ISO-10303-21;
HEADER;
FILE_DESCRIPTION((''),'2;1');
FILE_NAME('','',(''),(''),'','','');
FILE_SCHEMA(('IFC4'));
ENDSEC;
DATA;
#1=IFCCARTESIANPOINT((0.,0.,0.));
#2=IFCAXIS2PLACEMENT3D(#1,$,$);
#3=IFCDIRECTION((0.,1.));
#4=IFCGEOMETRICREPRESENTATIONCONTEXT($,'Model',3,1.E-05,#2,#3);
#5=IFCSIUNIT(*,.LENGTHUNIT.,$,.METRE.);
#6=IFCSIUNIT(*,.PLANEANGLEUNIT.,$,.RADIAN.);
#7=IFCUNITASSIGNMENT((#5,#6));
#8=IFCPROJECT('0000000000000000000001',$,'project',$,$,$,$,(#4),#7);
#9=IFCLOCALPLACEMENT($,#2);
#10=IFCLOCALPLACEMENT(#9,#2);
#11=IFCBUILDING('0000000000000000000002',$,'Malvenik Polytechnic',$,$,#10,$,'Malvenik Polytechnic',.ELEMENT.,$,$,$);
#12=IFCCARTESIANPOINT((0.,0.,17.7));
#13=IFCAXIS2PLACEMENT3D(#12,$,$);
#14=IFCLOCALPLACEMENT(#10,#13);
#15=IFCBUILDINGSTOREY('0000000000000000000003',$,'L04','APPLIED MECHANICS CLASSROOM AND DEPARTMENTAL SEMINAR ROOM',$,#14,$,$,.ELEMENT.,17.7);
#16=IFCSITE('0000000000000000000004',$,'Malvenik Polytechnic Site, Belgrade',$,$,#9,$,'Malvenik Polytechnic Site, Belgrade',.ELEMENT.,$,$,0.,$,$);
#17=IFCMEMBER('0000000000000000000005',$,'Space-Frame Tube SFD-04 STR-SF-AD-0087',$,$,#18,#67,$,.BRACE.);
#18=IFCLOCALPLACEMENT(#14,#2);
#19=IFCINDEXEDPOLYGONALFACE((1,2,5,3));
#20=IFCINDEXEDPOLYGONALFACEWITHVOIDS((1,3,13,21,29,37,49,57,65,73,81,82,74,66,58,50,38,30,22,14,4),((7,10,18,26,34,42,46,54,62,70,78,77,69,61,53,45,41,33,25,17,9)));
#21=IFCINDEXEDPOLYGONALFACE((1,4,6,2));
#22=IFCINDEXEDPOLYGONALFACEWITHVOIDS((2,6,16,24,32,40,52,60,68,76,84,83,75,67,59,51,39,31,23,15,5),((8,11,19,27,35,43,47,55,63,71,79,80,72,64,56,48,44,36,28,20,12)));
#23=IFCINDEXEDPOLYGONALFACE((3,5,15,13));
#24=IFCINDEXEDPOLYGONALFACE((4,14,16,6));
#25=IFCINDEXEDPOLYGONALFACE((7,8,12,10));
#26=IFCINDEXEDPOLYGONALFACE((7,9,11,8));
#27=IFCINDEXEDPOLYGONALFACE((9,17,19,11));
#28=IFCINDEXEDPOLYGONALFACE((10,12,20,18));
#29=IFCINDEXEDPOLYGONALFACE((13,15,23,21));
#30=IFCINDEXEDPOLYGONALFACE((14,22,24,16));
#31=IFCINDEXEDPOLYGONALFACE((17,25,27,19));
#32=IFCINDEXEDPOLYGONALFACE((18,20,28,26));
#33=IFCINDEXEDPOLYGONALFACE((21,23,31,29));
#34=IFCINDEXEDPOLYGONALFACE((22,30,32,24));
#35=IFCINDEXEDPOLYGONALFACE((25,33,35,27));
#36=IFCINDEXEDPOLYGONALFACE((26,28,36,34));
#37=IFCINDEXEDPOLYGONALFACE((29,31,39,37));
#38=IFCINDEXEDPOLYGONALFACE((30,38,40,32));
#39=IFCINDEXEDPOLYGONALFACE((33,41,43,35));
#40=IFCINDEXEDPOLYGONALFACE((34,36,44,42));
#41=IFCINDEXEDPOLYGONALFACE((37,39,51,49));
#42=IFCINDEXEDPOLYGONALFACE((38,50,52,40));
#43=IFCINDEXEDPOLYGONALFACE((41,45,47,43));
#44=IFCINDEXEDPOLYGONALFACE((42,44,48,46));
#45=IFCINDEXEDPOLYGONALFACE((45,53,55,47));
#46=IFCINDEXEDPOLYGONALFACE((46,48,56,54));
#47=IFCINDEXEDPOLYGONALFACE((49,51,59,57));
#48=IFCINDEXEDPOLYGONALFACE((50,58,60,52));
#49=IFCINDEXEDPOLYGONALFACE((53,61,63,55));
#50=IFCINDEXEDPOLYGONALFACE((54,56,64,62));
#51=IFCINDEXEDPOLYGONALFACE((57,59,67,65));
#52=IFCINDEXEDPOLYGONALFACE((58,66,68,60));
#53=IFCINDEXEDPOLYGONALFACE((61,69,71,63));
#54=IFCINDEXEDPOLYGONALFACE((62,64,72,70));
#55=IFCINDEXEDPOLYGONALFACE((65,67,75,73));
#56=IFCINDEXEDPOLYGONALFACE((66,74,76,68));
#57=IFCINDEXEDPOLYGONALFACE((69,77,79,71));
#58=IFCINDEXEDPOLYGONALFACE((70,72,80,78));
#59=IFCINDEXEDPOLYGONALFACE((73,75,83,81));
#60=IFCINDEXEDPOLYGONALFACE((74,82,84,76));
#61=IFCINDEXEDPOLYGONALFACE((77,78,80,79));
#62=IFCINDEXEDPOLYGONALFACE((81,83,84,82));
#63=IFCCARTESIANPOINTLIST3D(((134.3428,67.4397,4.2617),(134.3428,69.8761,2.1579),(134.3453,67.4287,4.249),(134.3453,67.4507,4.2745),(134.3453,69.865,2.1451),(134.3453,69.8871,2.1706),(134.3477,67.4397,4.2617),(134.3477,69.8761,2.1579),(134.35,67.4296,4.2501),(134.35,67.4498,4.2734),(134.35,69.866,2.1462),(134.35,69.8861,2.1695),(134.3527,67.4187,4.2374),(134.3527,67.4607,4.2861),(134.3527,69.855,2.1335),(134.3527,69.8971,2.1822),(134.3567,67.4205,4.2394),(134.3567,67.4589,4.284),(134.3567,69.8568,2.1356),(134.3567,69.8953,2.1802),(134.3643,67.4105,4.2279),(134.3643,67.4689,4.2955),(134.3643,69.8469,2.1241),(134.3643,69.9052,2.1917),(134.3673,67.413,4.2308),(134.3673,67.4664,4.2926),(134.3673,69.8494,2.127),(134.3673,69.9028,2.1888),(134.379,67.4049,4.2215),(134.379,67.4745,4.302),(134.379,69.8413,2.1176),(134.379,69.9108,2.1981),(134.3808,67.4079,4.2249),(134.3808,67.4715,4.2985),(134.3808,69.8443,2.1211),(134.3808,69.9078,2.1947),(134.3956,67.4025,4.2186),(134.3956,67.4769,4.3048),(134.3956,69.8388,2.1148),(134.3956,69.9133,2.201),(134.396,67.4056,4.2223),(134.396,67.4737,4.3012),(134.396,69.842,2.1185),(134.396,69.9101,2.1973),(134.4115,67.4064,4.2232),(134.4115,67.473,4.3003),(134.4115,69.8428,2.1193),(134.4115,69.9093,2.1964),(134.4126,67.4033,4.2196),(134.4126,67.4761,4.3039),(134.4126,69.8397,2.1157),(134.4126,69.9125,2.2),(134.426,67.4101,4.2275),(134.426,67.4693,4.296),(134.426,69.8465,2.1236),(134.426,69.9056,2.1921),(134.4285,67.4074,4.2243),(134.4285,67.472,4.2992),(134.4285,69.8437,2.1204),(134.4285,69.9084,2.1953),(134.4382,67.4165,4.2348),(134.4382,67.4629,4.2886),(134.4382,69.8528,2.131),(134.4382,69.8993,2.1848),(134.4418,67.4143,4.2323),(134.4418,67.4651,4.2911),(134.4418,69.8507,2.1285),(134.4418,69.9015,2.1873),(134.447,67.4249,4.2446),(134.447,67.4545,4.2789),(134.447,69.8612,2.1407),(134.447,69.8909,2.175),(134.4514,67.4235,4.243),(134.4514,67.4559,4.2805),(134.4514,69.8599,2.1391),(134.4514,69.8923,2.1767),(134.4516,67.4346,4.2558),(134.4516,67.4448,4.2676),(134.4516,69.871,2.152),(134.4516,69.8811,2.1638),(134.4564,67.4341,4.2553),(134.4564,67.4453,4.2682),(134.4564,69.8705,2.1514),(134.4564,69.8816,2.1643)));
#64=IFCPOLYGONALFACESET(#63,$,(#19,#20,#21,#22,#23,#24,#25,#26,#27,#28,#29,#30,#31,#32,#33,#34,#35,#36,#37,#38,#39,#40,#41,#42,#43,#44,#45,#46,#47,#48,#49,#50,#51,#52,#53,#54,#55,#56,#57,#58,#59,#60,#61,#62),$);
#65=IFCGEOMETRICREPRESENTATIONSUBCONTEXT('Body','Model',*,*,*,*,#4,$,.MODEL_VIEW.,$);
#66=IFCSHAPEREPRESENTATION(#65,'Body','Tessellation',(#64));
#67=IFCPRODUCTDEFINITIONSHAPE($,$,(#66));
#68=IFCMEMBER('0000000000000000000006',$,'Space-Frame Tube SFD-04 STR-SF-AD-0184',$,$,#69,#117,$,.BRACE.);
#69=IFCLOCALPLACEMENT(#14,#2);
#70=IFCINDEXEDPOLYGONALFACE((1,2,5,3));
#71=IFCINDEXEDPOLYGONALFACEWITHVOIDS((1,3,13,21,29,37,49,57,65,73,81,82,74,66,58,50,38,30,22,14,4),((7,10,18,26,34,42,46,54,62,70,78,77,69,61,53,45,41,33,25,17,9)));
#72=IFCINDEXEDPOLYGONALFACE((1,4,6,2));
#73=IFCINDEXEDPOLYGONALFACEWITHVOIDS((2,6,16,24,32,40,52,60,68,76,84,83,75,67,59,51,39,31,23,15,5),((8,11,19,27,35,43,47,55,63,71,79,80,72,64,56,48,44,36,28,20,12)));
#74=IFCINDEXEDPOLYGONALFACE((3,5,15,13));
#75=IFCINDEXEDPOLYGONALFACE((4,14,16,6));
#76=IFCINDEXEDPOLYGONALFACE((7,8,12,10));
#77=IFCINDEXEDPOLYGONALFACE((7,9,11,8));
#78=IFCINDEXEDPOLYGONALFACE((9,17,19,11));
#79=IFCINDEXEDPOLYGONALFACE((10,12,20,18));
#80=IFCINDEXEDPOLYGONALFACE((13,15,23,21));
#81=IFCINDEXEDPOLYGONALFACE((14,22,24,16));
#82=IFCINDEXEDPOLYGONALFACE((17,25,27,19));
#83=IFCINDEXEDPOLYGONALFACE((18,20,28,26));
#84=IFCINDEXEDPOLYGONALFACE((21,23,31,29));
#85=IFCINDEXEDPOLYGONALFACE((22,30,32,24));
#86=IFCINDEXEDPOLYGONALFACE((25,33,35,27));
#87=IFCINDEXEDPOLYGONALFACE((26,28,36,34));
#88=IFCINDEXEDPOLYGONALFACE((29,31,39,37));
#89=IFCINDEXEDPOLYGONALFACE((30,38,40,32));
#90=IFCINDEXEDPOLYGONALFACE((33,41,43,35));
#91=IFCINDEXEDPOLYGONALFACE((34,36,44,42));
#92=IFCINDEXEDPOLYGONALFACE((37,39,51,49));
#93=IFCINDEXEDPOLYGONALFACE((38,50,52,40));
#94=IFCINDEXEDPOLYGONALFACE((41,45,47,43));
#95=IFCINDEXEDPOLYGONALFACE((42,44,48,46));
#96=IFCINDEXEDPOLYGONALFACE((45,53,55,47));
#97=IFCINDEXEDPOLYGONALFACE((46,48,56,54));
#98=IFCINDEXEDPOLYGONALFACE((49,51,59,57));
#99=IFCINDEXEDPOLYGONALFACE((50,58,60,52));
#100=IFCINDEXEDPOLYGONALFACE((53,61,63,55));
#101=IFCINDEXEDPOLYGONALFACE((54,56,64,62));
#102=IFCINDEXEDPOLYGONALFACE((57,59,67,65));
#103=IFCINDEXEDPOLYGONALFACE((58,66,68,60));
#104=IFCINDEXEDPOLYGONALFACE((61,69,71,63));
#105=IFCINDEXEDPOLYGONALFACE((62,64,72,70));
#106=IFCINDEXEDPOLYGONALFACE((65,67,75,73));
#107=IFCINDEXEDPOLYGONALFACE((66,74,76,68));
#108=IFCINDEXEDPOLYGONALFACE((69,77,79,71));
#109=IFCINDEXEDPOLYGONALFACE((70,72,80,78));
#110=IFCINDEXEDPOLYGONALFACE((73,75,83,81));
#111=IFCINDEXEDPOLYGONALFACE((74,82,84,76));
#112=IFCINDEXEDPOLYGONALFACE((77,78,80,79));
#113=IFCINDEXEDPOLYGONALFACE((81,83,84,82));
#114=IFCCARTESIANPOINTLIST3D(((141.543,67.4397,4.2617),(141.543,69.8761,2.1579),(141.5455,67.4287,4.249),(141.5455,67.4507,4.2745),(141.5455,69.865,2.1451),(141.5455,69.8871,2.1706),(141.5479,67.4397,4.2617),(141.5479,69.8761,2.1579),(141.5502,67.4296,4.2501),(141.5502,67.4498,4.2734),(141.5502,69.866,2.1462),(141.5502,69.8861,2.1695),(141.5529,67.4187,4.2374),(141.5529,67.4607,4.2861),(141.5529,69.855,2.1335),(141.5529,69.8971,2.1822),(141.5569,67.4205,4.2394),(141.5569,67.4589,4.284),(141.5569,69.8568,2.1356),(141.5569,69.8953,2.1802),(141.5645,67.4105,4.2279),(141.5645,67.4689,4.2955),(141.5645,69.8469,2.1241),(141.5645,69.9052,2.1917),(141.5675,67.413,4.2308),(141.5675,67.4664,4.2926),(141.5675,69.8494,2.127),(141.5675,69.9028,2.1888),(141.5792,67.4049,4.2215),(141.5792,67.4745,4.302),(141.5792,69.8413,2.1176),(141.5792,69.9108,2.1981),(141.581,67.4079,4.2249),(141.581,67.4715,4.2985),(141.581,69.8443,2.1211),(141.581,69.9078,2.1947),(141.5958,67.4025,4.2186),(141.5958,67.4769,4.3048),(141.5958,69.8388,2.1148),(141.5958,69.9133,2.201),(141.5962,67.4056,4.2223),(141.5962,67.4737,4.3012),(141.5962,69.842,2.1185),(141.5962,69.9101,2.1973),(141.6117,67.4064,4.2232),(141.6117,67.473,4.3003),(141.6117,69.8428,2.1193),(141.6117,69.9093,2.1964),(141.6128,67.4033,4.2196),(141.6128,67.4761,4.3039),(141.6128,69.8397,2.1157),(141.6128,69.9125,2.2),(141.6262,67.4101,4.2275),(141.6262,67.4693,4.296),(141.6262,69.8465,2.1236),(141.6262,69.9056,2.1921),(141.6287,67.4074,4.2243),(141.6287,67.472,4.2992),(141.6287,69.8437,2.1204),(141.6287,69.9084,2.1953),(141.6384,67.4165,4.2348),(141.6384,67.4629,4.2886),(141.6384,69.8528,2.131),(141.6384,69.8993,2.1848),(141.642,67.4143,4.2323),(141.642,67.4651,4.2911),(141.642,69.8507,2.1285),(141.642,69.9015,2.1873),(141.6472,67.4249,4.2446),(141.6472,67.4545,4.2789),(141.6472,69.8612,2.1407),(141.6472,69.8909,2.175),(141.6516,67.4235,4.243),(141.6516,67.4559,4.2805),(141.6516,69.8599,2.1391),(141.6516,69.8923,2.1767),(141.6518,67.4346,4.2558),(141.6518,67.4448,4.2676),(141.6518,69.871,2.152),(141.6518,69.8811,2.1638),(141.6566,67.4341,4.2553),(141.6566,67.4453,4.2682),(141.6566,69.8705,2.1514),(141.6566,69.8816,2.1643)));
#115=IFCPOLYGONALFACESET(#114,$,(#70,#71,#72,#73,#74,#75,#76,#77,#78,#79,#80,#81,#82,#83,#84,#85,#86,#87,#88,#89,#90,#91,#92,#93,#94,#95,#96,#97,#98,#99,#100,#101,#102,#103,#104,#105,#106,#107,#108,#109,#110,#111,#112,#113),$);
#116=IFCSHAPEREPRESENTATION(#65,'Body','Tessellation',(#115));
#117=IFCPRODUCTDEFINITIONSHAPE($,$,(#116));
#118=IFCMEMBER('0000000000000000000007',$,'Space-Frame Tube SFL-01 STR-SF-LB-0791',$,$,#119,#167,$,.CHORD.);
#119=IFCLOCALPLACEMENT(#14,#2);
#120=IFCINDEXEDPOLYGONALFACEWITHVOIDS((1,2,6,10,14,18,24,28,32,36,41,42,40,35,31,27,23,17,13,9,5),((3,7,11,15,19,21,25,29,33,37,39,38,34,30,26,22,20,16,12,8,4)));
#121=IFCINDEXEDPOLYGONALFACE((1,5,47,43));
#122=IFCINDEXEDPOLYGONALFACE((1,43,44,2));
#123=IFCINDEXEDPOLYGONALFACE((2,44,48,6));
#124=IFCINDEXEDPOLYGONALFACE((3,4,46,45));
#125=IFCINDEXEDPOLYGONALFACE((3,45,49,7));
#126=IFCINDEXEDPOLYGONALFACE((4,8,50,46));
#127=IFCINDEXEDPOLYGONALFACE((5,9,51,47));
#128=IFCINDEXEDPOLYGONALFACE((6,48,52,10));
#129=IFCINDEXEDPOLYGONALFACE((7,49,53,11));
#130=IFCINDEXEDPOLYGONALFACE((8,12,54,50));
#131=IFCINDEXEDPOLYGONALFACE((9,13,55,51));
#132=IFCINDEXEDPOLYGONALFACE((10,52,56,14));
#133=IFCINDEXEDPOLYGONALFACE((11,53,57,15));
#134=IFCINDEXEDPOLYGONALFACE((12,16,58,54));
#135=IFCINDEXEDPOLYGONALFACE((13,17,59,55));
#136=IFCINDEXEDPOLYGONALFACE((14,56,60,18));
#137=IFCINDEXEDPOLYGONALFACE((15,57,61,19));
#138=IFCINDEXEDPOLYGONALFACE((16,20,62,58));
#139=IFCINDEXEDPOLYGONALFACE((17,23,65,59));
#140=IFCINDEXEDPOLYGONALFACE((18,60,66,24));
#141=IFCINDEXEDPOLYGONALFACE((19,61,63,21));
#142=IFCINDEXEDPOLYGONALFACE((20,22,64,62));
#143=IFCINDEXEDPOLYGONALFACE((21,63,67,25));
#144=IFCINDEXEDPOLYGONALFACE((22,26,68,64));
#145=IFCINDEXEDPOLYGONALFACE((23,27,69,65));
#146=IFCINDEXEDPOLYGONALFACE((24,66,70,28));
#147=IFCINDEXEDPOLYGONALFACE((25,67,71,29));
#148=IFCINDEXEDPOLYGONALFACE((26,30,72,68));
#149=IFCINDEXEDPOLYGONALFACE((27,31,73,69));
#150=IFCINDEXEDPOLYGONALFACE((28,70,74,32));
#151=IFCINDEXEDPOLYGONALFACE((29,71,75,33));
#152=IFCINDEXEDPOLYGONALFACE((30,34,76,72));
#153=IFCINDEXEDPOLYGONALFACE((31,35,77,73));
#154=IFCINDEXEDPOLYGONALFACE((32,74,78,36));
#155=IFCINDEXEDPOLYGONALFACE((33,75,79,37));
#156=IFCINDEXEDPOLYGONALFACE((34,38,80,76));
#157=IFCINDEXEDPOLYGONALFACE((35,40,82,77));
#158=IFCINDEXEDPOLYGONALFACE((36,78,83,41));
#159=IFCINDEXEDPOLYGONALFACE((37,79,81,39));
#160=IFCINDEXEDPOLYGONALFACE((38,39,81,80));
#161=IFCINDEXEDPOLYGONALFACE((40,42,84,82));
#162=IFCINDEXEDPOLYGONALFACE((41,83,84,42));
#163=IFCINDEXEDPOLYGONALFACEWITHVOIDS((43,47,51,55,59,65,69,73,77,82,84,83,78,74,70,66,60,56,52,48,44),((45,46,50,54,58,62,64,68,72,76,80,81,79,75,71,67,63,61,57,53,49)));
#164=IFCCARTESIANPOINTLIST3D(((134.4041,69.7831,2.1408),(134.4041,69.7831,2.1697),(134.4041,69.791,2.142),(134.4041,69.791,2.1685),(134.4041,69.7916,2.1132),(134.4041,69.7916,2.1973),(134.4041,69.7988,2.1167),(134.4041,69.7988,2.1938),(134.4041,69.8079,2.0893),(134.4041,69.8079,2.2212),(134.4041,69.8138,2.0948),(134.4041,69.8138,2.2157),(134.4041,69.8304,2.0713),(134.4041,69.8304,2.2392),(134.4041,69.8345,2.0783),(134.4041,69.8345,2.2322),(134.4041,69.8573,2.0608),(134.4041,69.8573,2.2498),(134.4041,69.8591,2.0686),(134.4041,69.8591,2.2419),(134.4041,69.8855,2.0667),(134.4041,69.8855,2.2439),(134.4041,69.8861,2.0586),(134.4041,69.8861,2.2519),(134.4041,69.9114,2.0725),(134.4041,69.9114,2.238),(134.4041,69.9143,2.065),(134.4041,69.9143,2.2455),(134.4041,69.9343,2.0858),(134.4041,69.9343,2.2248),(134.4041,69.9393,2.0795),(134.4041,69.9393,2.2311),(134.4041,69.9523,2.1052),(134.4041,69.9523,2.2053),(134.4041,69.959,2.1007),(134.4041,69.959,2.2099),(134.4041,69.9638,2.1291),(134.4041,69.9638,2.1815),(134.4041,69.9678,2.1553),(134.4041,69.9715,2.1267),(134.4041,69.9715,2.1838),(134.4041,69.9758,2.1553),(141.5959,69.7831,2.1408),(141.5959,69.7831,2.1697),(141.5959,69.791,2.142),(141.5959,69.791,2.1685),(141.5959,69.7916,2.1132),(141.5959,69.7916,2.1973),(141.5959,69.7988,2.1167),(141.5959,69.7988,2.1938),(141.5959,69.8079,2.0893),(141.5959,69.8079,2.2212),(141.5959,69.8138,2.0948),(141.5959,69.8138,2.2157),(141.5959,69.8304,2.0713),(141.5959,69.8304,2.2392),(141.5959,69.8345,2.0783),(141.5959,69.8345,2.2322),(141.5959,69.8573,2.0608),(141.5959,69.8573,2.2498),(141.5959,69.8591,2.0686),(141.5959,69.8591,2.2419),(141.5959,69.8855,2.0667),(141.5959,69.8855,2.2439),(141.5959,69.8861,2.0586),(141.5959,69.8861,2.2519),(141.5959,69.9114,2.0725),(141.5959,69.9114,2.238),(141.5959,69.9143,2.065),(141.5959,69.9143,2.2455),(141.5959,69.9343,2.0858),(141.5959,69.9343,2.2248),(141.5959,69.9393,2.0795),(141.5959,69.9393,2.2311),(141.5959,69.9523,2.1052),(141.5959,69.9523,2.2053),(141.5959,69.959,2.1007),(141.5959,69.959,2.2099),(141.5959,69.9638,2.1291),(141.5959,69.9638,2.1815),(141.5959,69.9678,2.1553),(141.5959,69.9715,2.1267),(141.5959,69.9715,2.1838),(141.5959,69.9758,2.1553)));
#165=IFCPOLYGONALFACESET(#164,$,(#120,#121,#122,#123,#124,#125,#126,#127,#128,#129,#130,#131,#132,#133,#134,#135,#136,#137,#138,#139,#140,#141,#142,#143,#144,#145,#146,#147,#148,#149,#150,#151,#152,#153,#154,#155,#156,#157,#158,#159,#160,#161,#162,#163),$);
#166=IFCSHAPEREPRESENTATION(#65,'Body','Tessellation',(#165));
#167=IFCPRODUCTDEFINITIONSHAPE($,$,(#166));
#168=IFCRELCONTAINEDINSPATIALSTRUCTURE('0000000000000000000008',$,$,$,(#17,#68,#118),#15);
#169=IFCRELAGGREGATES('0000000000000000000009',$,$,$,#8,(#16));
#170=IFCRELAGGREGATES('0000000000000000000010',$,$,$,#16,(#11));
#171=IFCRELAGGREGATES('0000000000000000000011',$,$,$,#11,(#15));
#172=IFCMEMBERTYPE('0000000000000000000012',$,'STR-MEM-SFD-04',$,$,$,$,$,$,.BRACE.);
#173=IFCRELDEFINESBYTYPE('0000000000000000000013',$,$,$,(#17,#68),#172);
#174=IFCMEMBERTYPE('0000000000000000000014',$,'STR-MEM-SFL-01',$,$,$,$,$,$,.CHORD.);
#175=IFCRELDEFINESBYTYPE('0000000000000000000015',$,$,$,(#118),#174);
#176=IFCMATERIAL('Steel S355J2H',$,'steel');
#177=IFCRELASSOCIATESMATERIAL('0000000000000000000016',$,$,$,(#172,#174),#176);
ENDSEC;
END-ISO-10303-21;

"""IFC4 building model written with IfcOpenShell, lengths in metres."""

from ifc_helpers import new_model, si_unit, direction, frame, origin, origin_2d, place, context, subcontext, project, spatial, hollow_circle, extrude, material, material_profile, profile_set, type_object, element, save


model = new_model("IFC4")

# Units and contexts
model_context = context("Model", 3, precision=1e-05, world=origin(), true_north=direction((0.0, 1.0)))
body_context = subcontext(model_context, "Body", "Model", "MODEL_VIEW")
ifc_project = project(units=[si_unit("LENGTHUNIT", "METRE"), si_unit("PLANEANGLEUNIT", "RADIAN")], contexts=[model_context])

# Site, building, storey
site_placement = place(None, origin())
site = spatial("IfcSite", under=ifc_project, at=site_placement, Name="Malvenik Polytechnic Site, Belgrade", LongName="Malvenik Polytechnic Site, Belgrade", CompositionType="ELEMENT", RefElevation=0.0)
building_placement = place(site_placement, origin())
building = spatial("IfcBuilding", under=site, at=building_placement, Name="Malvenik Polytechnic", LongName="Malvenik Polytechnic", CompositionType="ELEMENT")
storey_placement = place(building_placement, frame((0.0, 0.0, 17.7)))
storey = spatial("IfcBuildingStorey", under=building, at=storey_placement, Name="L04", Description="APPLIED MECHANICS CLASSROOM AND DEPARTMENTAL SEMINAR ROOM", CompositionType="ELEMENT", Elevation=17.7)

# Members
ifc_material = material(Name="Steel S355J2H", Category="steel")
ifc_material_profile_1 = material_profile(ifc_material, hollow_circle(Radius=0.0571, WallThickness=0.0049, at=origin_2d()), Name="CHS 114.3x5.0")
ifc_profile_set_1 = profile_set([ifc_material_profile_1], Name="Steel S355J2H")
member_type_1 = type_object("IfcMemberType", Name="STR-MEM-SFD-04", PredefinedType="BRACE", material=ifc_profile_set_1)
for number, where, z_axis, x_axis, name in (
    (1, (134.3999, 67.4397, 4.2617), (0.0, 0.756869, -0.653567), (-1.0, 0.0, 0.0), "Space-Frame Tube SFD-04 STR-SF-AD-0087"),
    (2, (141.6001, 67.4397, 4.2617), (0.0, 0.756869, -0.653567), (-1.0, 0.0, 0.0), "Space-Frame Tube SFD-04 STR-SF-AD-0184"),
):
    element("IfcMember", number, at=place(storey_placement, frame(where, z_axis=z_axis, x_axis=x_axis)), inside=storey, type_object=member_type_1, Name=name, PredefinedType="BRACE", context=body_context, shape_type="SweptSolid", body=[
        extrude(hollow_circle(Radius=0.0571, WallThickness=0.0049, at=origin_2d()), origin(), (0.0, 0.0, 1.0), 3.219),
    ])
ifc_material_profile_2 = material_profile(ifc_material, hollow_circle(Radius=0.0969, WallThickness=0.0081, at=origin_2d()), Name="CHS 193.7x8.0")
ifc_profile_set_2 = profile_set([ifc_material_profile_2], Name="Steel S355J2H")
member_type_2 = type_object("IfcMemberType", Name="STR-MEM-SFL-01", PredefinedType="CHORD", material=ifc_profile_set_2)
for number, where, z_axis, x_axis, name in (
    (3, (134.4041, 69.8789, 2.1553), (1.0, 0.0, 0.0), (0.0, 1.0, 0.0), "Space-Frame Tube SFL-01 STR-SF-LB-0791"),
):
    element("IfcMember", number, at=place(storey_placement, frame(where, z_axis=z_axis, x_axis=x_axis)), inside=storey, type_object=member_type_2, Name=name, PredefinedType="CHORD", context=body_context, shape_type="SweptSolid", body=[
        extrude(hollow_circle(Radius=0.0969, WallThickness=0.0081, at=origin_2d()), origin(), (0.0, 0.0, 1.0), 7.1919),
    ])

save(model, "model.ifc")
